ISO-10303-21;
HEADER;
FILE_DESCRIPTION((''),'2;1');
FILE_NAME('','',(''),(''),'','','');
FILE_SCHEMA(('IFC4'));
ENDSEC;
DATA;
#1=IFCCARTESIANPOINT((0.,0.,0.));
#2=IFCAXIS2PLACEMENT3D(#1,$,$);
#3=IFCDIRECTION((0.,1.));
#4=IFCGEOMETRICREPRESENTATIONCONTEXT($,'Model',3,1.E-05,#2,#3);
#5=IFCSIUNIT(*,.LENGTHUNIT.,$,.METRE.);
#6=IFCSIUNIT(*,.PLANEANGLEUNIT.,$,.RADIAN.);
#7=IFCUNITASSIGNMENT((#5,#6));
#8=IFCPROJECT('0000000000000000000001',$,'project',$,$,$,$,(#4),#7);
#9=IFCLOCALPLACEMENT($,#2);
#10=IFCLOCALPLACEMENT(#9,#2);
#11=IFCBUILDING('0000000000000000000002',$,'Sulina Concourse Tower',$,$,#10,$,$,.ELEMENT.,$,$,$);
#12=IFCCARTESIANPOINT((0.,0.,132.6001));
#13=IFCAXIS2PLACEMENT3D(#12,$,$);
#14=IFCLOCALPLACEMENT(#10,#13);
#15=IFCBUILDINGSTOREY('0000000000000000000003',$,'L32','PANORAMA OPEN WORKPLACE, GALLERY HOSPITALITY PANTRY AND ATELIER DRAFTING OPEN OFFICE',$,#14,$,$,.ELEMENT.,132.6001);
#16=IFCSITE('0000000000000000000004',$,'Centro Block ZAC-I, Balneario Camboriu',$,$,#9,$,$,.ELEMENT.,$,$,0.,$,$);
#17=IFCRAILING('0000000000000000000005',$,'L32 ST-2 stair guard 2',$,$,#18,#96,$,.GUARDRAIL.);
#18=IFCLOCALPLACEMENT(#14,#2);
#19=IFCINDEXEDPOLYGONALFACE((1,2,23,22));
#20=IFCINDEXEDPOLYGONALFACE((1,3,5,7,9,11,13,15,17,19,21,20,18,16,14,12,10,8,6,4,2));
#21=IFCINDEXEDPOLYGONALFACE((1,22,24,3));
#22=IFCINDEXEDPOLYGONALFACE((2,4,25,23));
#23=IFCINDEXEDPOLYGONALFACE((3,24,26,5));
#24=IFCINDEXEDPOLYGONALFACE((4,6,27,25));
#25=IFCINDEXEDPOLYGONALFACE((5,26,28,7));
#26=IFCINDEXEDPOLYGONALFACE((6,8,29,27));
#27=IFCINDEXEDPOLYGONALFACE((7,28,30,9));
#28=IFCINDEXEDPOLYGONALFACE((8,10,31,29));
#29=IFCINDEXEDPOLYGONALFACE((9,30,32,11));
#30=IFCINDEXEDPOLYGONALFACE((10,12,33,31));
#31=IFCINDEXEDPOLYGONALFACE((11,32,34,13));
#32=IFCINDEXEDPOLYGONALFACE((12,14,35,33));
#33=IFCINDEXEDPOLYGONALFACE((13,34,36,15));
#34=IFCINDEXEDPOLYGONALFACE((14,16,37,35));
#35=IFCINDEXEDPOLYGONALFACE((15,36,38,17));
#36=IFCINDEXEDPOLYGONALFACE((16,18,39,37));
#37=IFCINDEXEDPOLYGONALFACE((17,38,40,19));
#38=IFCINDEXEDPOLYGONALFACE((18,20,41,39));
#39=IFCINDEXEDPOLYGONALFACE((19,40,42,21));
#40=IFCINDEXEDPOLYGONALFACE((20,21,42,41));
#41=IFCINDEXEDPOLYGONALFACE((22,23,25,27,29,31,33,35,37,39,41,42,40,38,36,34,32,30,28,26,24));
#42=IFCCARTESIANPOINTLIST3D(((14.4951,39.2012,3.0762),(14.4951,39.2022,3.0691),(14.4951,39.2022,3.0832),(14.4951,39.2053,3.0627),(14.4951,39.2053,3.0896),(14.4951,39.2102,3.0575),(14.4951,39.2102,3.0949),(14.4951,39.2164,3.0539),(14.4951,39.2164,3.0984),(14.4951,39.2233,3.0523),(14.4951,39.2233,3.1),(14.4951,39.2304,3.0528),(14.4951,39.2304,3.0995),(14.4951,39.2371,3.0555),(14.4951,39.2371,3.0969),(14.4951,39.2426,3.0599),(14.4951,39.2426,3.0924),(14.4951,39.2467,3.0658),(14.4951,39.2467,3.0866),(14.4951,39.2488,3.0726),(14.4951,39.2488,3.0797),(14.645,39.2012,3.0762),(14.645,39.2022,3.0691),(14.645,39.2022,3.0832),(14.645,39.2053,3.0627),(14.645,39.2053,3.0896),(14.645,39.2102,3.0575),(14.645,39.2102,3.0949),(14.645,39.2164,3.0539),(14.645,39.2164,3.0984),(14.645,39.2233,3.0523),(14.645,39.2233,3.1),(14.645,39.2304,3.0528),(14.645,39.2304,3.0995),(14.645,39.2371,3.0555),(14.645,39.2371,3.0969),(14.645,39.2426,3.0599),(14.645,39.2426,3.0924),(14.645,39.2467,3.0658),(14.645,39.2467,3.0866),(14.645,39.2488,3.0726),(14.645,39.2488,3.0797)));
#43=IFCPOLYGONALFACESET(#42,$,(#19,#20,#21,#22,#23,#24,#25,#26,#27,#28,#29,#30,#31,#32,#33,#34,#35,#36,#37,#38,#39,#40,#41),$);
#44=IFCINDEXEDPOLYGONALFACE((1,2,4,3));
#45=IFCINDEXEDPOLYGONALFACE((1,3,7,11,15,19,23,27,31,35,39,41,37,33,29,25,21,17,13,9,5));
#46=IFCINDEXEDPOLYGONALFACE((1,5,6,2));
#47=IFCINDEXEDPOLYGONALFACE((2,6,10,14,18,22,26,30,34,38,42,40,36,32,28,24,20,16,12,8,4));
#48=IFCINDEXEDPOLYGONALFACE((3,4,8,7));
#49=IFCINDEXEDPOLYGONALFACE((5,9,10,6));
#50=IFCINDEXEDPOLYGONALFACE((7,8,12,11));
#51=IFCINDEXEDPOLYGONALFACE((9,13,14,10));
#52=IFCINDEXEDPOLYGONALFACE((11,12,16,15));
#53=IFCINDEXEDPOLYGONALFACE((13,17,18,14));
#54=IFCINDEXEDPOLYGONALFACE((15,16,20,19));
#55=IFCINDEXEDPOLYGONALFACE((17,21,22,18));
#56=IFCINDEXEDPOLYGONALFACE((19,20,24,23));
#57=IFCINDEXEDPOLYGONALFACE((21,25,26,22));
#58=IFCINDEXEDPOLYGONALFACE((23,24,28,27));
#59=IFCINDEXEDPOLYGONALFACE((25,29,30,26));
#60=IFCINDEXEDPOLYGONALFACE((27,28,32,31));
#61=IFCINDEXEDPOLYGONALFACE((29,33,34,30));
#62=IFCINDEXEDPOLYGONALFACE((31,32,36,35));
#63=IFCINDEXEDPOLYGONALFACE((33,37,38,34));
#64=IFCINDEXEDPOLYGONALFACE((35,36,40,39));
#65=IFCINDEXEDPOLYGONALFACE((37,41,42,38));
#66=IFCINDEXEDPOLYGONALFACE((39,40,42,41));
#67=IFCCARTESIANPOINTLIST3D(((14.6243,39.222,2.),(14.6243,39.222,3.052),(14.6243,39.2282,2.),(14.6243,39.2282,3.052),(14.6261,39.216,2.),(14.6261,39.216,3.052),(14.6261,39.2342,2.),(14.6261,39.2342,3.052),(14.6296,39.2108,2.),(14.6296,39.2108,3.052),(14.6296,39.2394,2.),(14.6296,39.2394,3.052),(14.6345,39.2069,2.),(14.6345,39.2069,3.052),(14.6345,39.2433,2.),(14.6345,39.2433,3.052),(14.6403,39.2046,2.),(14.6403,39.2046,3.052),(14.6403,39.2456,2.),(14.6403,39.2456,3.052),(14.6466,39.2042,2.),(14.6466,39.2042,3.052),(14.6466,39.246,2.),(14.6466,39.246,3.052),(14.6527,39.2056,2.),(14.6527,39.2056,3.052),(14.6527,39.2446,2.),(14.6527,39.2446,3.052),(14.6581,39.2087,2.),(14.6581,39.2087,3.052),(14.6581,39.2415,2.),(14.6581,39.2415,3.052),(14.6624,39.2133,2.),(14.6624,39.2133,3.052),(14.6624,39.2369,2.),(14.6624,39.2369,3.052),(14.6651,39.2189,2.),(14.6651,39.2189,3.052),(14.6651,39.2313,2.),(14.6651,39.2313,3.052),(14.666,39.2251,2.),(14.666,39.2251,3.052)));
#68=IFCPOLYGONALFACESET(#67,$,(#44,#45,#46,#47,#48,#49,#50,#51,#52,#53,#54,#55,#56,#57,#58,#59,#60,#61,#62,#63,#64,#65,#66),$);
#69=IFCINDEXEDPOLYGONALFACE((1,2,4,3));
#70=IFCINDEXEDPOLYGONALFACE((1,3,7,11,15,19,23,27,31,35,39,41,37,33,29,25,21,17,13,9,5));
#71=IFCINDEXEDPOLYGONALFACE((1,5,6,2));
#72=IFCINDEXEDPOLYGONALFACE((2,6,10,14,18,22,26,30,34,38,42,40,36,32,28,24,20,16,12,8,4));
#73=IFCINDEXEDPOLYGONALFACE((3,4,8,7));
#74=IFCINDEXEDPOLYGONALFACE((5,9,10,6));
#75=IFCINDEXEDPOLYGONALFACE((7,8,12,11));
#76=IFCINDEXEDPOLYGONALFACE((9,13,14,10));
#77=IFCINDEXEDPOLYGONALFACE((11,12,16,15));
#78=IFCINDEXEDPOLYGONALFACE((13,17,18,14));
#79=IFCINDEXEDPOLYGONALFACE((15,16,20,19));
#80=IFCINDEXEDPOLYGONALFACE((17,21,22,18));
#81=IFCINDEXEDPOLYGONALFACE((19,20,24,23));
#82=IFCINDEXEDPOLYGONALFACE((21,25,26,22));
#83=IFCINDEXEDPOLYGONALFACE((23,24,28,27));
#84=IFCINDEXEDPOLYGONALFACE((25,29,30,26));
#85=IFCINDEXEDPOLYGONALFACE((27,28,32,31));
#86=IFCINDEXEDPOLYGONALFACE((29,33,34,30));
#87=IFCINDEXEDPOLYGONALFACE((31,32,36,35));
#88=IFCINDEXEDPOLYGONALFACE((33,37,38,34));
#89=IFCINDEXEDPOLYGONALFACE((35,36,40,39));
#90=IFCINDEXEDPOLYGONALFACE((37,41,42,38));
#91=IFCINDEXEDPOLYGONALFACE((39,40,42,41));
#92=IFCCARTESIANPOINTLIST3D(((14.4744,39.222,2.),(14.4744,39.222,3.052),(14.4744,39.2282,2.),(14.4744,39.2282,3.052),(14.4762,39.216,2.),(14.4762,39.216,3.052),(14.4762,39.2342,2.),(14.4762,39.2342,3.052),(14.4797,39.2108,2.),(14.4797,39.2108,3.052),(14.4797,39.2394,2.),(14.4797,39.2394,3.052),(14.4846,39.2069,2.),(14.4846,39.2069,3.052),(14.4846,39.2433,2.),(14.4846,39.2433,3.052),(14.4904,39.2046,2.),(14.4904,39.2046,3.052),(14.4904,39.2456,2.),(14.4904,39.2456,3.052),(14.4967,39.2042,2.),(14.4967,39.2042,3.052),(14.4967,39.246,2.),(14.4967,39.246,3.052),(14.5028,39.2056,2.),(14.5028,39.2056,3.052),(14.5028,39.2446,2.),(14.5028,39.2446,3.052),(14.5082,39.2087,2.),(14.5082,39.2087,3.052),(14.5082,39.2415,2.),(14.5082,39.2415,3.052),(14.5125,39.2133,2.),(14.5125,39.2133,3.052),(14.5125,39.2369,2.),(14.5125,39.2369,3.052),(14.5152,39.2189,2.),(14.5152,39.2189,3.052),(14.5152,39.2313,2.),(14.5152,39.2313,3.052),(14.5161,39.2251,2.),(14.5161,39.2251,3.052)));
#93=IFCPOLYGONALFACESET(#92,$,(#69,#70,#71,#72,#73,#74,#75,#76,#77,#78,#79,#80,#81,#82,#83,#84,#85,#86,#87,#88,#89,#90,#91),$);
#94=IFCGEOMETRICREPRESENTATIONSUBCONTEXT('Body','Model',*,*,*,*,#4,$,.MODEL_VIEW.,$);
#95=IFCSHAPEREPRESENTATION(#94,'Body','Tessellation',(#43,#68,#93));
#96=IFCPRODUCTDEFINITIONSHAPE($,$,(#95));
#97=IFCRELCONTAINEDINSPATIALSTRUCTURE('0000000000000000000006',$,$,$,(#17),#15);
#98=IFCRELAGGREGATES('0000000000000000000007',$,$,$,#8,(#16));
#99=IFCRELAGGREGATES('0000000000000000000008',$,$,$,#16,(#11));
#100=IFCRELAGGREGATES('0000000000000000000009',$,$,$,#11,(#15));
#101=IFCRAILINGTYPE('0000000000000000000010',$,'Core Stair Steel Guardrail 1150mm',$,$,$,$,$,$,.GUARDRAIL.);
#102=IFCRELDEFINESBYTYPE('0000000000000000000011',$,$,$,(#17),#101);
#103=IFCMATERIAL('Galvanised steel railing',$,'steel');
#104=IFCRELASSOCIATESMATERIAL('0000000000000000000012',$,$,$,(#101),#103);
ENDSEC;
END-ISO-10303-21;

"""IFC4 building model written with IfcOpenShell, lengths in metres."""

from ifc_helpers import new_model, si_unit, direction, frame, origin, origin_2d, place, context, subcontext, project, spatial, circle, extrude, material, type_object, element, save


model = new_model("IFC4")

# Units and contexts
model_context = context("Model", 3, precision=1e-05, world=origin(), true_north=direction((0.0, 1.0)))
body_context = subcontext(model_context, "Body", "Model", "MODEL_VIEW")
ifc_project = project(units=[si_unit("LENGTHUNIT", "METRE"), si_unit("PLANEANGLEUNIT", "RADIAN")], contexts=[model_context])

# Site, building, storey
site_placement = place(None, origin())
site = spatial("IfcSite", under=ifc_project, at=site_placement, Name="Centro Block ZAC-I, Balneario Camboriu", CompositionType="ELEMENT", RefElevation=0.0)
building_placement = place(site_placement, origin())
building = spatial("IfcBuilding", under=site, at=building_placement, Name="Sulina Concourse Tower", CompositionType="ELEMENT")
storey_placement = place(building_placement, frame((0.0, 0.0, 132.6001)))
storey = spatial("IfcBuildingStorey", under=building, at=storey_placement, Name="L32", Description="PANORAMA OPEN WORKPLACE, GALLERY HOSPITALITY PANTRY AND ATELIER DRAFTING OPEN OFFICE", CompositionType="ELEMENT", Elevation=132.6001)

# Railing
ifc_material_1 = material(Name="Galvanised steel railing", Category="steel")
railing_type_1 = type_object("IfcRailingType", Name="Core Stair Steel Guardrail 1150mm", PredefinedType="GUARDRAIL", material=ifc_material_1)
railing_1_placement = place(storey_placement, frame((14.645, 39.2251, 2.0)))
element("IfcRailing", 1, at=railing_1_placement, inside=storey, type_object=railing_type_1, Name="L32 ST-2 stair guard 2", PredefinedType="GUARDRAIL", context=body_context, shape_type="SweptSolid", body=[
    extrude(circle(Radius=0.0239, at=origin_2d()), frame((0.0, 0.0, 1.0762), z_axis=(-1.0, 0.0, 0.0), x_axis=(0.0, -1.0, 0.0)), (0.0, 0.0, 1.0), 0.1499),
    extrude(circle(Radius=0.021, at=origin_2d()), origin(), (0.0, 0.0, 1.0), 1.052),
    extrude(circle(Radius=0.021, at=origin_2d()), frame((-0.1499, 0.0, 0.0)), (0.0, 0.0, 1.0), 1.052),
])

save(model, "model.ifc")
